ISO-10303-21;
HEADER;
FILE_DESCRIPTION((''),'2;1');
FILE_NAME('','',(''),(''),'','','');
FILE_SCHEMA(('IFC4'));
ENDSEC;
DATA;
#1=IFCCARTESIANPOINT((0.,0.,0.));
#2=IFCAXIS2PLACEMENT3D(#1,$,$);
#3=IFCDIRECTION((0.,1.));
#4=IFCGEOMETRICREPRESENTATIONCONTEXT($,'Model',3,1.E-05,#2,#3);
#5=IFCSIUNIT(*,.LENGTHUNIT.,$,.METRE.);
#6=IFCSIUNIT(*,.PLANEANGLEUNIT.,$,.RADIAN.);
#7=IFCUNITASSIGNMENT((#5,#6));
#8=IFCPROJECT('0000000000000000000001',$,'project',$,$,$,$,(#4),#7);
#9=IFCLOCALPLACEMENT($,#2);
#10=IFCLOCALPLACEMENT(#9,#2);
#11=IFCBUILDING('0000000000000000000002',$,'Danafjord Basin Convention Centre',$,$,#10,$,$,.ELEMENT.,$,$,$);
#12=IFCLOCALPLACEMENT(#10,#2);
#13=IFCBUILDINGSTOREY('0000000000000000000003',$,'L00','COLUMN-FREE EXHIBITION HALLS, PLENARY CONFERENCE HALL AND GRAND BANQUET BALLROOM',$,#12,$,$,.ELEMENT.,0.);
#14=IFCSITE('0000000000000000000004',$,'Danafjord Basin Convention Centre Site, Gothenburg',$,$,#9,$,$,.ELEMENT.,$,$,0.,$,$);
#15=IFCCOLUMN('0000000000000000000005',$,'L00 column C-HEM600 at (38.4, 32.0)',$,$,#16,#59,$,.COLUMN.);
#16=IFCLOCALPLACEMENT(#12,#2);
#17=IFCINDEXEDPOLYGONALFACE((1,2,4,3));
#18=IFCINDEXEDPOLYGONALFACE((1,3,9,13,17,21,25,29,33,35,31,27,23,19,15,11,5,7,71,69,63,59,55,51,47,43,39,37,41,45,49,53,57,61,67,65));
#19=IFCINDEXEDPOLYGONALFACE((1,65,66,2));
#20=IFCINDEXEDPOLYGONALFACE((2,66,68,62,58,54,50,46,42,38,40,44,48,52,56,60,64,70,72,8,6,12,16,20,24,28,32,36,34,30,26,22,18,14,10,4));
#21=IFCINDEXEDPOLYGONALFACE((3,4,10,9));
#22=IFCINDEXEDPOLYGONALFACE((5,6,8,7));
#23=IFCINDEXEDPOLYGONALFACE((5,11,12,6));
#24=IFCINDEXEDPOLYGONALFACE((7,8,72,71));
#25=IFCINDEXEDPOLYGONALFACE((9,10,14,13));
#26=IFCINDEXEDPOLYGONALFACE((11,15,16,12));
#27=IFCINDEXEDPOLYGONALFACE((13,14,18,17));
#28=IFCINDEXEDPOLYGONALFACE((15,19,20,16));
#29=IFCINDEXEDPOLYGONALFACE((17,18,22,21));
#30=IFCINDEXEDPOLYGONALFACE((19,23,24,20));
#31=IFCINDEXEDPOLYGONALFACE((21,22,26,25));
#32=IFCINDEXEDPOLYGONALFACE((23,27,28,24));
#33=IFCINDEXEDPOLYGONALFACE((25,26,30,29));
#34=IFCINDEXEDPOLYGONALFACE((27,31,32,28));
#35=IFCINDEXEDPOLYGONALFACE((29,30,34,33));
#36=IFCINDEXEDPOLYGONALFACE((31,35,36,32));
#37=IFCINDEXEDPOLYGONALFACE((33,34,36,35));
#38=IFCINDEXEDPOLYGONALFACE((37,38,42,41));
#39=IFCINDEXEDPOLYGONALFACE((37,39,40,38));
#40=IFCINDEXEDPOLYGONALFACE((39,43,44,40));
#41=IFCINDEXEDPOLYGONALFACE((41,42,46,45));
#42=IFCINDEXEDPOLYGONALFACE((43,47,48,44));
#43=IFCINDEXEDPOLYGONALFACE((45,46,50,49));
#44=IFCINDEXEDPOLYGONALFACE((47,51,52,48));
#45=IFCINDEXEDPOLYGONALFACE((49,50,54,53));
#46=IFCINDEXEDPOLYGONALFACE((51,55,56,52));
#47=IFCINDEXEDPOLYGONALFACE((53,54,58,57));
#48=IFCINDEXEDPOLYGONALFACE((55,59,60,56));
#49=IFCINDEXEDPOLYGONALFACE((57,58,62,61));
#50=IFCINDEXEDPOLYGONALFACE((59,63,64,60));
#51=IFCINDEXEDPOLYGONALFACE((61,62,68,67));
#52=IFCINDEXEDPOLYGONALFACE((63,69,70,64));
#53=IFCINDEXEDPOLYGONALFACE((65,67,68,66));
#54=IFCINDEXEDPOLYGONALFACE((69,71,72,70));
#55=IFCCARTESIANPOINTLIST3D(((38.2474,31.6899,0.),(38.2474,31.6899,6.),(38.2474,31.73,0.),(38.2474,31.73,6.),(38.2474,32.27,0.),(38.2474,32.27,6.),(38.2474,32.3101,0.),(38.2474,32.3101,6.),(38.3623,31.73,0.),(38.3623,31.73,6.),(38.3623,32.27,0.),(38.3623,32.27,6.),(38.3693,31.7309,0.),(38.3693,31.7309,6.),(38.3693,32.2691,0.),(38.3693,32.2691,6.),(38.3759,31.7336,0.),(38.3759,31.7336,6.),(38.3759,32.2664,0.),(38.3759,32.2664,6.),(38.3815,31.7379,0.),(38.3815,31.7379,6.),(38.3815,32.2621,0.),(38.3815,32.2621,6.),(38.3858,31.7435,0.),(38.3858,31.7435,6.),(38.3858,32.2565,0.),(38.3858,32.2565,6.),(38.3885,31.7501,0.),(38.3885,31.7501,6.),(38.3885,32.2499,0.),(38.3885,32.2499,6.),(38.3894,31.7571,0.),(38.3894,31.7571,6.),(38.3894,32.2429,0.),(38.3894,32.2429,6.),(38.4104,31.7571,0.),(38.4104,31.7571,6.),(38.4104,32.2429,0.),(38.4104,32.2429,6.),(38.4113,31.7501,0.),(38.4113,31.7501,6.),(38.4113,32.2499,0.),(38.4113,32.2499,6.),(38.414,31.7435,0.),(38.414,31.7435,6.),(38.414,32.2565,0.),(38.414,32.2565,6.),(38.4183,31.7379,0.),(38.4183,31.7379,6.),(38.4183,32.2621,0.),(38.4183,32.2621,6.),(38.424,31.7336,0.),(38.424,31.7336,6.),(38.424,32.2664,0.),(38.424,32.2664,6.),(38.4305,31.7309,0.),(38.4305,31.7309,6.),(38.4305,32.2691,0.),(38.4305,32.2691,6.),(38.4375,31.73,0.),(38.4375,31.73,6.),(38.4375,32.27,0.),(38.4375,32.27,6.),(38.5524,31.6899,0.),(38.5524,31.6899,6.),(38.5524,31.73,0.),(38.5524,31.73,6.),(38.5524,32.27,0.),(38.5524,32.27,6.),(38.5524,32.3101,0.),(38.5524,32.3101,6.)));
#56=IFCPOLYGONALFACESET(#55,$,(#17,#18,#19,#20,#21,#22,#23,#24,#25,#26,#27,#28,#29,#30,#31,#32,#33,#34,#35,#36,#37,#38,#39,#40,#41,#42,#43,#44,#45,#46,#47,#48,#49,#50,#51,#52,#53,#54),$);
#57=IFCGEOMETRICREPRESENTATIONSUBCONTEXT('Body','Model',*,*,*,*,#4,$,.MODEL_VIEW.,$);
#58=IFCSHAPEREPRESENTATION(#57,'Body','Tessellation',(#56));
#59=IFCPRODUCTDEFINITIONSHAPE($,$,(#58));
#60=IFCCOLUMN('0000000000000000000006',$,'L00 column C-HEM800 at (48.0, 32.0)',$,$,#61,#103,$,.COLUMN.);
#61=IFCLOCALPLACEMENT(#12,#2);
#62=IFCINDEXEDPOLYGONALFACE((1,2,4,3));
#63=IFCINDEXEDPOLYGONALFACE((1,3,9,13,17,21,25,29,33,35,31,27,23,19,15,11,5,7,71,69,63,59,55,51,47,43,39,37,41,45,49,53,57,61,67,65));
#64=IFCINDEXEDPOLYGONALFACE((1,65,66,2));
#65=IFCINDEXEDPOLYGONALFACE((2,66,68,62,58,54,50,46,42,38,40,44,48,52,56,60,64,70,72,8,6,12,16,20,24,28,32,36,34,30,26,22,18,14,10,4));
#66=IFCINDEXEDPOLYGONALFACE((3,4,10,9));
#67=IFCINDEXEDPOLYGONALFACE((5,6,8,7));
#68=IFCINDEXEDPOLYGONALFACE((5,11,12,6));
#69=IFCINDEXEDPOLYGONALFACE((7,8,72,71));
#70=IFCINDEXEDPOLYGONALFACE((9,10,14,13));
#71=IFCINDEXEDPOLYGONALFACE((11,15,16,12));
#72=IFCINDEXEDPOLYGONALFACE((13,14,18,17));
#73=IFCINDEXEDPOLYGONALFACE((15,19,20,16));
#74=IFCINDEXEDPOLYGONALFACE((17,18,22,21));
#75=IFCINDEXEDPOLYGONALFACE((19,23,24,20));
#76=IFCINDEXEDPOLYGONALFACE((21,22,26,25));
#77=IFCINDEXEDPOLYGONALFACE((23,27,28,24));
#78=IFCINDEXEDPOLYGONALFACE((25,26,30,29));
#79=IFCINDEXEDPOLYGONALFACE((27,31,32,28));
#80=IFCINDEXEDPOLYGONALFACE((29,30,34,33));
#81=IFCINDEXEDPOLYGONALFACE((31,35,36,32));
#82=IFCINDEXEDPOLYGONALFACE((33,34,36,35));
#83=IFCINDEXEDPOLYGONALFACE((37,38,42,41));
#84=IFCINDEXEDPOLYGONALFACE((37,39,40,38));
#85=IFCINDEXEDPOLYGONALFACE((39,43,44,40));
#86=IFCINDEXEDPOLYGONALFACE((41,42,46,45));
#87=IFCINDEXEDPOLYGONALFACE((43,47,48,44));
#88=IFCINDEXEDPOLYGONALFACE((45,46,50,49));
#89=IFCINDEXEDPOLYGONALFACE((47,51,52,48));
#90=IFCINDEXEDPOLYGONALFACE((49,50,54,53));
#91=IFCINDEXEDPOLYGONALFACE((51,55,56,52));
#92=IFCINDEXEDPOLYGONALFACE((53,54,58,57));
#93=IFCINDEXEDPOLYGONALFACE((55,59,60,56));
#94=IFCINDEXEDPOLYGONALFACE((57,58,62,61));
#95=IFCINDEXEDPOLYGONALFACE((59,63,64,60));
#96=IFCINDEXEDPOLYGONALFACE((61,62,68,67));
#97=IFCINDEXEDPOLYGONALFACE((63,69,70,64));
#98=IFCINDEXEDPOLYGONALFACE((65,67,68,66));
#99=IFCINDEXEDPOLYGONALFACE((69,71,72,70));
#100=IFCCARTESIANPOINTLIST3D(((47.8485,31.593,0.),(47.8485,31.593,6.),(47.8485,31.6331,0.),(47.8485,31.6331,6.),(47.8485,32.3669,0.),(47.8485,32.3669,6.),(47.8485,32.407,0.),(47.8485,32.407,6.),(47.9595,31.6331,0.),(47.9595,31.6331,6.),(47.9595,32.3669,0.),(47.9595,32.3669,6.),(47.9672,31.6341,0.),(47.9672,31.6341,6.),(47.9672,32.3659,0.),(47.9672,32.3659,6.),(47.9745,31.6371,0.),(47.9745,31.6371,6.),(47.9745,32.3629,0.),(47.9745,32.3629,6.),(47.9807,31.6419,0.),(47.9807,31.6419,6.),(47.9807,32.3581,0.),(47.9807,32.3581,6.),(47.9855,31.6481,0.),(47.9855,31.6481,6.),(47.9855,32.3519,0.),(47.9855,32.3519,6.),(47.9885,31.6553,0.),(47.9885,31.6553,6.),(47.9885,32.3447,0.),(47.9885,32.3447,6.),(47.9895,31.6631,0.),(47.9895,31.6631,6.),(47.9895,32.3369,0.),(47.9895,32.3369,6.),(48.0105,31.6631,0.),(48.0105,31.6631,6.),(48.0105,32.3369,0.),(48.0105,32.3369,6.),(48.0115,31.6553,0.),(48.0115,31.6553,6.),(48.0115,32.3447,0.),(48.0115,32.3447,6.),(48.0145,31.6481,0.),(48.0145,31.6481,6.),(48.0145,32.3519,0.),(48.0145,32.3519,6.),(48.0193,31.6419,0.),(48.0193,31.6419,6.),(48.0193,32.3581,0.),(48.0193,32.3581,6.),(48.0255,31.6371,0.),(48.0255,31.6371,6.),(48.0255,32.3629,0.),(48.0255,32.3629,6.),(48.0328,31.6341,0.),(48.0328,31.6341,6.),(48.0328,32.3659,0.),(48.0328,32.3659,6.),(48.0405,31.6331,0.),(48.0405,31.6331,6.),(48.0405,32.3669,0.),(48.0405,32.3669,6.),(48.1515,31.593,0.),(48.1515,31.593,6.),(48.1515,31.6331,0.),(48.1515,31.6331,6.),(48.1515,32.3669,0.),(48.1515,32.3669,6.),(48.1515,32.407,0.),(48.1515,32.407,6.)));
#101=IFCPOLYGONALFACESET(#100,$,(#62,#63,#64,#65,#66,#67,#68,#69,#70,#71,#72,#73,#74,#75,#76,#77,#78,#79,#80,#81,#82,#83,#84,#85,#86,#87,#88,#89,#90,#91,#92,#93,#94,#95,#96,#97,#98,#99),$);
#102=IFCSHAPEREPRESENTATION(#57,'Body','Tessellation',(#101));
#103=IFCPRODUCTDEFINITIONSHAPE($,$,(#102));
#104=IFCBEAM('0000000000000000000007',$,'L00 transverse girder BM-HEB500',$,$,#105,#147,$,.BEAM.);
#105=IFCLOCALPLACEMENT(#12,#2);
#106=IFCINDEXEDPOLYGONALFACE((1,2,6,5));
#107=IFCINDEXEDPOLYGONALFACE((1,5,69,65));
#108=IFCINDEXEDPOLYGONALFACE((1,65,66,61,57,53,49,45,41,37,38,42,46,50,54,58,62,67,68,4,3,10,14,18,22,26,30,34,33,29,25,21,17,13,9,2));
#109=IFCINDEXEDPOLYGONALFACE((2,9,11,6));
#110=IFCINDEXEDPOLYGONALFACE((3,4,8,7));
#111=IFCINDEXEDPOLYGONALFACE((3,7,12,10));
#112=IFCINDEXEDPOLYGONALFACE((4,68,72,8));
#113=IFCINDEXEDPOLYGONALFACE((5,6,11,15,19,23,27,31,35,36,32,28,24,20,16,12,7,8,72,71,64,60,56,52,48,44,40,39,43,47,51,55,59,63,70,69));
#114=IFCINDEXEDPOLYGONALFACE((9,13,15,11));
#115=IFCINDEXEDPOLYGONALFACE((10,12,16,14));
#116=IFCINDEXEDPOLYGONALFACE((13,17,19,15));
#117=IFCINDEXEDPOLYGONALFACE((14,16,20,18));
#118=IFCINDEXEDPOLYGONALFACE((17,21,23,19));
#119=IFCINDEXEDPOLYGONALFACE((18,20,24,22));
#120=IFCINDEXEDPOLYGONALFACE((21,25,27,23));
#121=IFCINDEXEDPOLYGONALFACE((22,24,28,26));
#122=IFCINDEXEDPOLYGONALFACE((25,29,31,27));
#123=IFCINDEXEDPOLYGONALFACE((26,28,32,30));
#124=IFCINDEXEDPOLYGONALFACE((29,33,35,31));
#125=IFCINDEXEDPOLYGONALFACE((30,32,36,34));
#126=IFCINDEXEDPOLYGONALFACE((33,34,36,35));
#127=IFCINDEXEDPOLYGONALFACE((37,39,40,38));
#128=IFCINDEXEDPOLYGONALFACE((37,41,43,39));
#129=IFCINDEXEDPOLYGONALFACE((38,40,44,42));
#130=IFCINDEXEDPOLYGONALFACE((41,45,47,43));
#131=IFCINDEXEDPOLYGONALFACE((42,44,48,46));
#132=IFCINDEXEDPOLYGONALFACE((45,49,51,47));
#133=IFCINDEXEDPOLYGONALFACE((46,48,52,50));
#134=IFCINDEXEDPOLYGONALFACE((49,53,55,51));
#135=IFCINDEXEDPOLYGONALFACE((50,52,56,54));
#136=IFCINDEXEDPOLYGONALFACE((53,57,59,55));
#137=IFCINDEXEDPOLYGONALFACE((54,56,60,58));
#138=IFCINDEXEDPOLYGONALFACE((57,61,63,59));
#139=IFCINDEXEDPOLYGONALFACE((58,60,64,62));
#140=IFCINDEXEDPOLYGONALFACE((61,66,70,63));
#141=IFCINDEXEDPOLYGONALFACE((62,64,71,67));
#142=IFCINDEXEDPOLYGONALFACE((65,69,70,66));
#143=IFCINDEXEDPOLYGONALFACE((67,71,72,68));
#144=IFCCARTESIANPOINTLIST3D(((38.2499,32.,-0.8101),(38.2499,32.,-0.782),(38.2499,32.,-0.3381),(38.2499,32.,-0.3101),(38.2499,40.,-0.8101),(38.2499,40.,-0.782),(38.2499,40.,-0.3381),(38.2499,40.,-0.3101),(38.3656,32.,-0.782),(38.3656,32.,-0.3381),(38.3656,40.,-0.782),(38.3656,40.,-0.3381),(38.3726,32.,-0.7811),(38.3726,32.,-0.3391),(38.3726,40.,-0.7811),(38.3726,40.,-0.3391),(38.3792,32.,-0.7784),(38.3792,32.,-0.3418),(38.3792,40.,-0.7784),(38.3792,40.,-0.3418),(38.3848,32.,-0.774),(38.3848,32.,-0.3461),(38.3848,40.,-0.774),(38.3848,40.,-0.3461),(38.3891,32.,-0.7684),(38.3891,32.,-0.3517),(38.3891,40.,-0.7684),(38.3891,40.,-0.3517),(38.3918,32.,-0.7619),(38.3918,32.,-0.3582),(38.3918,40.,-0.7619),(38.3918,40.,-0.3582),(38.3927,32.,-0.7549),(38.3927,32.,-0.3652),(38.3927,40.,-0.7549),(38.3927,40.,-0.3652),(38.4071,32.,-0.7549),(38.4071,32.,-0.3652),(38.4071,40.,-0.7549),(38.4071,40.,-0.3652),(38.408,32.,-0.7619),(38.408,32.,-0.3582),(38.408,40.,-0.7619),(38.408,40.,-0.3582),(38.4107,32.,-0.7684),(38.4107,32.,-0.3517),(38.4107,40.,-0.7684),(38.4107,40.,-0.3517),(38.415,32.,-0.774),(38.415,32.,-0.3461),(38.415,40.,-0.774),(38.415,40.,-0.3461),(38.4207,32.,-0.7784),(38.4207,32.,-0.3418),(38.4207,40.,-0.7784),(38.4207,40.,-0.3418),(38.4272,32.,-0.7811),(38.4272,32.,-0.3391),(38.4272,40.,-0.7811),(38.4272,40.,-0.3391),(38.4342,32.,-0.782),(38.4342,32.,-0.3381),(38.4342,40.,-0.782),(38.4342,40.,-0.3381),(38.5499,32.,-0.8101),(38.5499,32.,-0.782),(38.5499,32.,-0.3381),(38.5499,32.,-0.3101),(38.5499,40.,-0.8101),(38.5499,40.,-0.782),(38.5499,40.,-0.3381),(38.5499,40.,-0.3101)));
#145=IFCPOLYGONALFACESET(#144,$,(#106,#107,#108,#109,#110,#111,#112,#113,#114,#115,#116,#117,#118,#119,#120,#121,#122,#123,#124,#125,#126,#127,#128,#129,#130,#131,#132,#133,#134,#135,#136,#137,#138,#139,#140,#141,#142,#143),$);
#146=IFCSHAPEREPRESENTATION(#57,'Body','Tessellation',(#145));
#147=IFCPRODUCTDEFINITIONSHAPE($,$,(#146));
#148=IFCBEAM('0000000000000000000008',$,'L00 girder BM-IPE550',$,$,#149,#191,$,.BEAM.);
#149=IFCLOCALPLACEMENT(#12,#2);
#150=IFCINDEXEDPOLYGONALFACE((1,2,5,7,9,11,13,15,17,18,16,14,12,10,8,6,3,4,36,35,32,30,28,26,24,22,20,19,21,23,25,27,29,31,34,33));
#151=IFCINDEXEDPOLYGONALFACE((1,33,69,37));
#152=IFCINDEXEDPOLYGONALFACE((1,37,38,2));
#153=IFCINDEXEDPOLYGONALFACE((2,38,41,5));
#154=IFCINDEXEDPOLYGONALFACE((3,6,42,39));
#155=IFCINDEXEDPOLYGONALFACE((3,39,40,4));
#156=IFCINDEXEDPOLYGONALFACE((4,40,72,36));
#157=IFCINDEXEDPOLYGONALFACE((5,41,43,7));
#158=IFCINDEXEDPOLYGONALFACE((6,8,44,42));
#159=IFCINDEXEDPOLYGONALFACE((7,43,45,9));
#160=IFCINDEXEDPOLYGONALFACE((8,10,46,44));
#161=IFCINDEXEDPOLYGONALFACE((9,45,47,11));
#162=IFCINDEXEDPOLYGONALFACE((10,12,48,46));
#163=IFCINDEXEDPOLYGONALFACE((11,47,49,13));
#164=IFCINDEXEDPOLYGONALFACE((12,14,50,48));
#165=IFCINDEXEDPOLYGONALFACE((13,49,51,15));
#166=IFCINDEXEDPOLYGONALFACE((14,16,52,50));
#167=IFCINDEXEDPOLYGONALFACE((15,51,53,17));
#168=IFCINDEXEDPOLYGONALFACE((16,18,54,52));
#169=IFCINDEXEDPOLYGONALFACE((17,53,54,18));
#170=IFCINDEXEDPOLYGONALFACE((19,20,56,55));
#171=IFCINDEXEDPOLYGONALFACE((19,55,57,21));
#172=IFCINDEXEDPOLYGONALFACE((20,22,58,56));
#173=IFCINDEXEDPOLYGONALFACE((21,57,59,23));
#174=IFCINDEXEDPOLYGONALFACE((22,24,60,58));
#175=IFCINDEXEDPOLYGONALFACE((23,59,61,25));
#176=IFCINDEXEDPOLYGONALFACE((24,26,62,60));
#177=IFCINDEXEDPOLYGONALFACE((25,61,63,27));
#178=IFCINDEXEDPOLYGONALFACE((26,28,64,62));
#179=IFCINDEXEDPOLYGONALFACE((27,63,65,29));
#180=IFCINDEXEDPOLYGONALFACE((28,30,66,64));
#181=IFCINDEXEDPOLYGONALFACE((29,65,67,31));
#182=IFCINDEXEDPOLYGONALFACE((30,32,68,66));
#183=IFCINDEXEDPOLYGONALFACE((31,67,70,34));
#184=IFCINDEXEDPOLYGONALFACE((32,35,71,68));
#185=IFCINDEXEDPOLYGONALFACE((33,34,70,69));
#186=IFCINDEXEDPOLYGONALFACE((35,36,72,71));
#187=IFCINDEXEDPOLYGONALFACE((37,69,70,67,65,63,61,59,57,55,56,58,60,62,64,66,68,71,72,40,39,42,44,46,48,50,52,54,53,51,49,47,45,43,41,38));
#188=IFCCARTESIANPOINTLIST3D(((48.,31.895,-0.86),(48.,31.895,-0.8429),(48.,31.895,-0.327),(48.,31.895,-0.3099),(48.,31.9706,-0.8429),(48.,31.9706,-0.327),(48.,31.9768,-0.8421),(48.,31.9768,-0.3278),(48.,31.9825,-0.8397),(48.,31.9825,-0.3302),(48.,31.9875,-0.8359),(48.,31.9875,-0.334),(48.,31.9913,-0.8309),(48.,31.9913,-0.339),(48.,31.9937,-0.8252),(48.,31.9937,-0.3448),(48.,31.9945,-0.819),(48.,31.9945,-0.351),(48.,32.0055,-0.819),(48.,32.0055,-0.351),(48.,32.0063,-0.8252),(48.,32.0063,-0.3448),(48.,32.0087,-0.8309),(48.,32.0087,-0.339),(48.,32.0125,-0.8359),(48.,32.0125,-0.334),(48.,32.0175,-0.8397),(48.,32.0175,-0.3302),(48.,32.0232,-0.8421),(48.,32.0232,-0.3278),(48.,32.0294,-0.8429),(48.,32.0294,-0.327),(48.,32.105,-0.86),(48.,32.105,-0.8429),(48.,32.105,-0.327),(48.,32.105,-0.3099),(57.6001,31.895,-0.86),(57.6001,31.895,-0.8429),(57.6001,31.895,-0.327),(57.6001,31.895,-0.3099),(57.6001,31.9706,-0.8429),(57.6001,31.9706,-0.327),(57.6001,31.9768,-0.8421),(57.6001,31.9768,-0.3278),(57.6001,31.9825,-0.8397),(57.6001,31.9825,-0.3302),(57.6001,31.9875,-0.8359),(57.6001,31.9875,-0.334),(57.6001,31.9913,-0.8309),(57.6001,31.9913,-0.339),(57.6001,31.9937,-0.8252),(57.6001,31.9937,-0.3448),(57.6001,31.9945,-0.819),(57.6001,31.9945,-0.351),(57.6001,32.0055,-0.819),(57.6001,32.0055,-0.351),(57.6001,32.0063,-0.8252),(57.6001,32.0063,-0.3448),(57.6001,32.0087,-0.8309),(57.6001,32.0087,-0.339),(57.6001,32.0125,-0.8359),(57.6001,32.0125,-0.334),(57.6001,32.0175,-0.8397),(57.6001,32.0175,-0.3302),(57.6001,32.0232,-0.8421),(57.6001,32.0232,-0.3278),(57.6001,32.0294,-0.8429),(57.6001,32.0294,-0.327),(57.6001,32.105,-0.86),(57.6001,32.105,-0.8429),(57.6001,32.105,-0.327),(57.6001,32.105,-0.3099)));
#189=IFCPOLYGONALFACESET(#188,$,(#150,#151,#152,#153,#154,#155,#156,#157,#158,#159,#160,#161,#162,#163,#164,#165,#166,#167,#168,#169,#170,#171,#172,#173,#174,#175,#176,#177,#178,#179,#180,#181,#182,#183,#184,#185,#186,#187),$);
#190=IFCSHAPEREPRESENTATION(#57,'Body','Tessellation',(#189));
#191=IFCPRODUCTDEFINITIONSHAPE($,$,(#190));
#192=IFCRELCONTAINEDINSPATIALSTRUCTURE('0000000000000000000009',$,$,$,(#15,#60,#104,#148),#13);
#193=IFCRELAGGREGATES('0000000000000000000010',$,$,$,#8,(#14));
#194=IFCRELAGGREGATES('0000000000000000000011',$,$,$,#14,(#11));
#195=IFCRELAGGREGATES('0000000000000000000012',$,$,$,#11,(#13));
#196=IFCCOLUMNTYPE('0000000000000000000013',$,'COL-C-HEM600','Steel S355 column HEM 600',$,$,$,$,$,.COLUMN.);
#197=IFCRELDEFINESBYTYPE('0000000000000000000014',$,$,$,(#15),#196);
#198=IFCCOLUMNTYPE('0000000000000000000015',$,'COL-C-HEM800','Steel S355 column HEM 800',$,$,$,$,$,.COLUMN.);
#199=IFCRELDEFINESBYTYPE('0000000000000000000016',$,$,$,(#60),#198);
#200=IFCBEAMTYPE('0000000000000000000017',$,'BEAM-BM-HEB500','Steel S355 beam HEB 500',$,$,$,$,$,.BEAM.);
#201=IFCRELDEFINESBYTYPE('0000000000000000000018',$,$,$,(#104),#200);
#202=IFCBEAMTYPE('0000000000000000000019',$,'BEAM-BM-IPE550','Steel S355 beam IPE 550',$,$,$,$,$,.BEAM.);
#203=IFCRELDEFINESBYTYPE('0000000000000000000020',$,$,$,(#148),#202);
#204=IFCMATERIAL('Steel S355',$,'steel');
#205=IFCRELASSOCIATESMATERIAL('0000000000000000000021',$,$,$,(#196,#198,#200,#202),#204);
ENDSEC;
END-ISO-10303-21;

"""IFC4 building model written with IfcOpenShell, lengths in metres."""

from ifc_helpers import new_model, si_unit, direction, frame, origin, origin_2d, place, context, subcontext, project, spatial, i_section, extrude, material, material_profile, profile_set, type_object, element, save


model = new_model("IFC4")

# Units and contexts
model_context = context("Model", 3, precision=1e-05, world=origin(), true_north=direction((0.0, 1.0)))
body_context = subcontext(model_context, "Body", "Model", "MODEL_VIEW")
ifc_project = project(units=[si_unit("LENGTHUNIT", "METRE"), si_unit("PLANEANGLEUNIT", "RADIAN")], contexts=[model_context])

# Site, building, storey
site_placement = place(None, origin())
site = spatial("IfcSite", under=ifc_project, at=site_placement, Name="Danafjord Basin Convention Centre Site, Gothenburg", CompositionType="ELEMENT", RefElevation=0.0)
building_placement = place(site_placement, origin())
building = spatial("IfcBuilding", under=site, at=building_placement, Name="Danafjord Basin Convention Centre", CompositionType="ELEMENT")
storey_placement = place(building_placement, origin())
storey = spatial("IfcBuildingStorey", under=building, at=storey_placement, Name="L00", Description="COLUMN-FREE EXHIBITION HALLS, PLENARY CONFERENCE HALL AND GRAND BANQUET BALLROOM", CompositionType="ELEMENT", Elevation=0.0)

# Columns
ifc_material_1 = material(Name="Steel S355", Category="steel")
ifc_material_profile_1 = material_profile(ifc_material_1, i_section(OverallWidth=0.3049, OverallDepth=0.6201, WebThickness=0.021, FlangeThickness=0.04, FilletRadius=0.0271, at=origin_2d()), Name="HEM 600")
ifc_profile_set_1 = profile_set([ifc_material_profile_1], Name="Steel S355")
column_type_1 = type_object("IfcColumnType", Name="COL-C-HEM600", Description="Steel S355 column HEM 600", PredefinedType="COLUMN", material=ifc_profile_set_1)
column_1_placement = place(storey_placement, frame((38.3999, 32.0, 0.0), z_axis=(0.0, 0.0, 1.0), x_axis=(1.0, 0.0, 0.0)))
element("IfcColumn", 1, at=column_1_placement, inside=storey, type_object=column_type_1, Name="L00 column C-HEM600 at (38.4, 32.0)", PredefinedType="COLUMN", context=body_context, shape_type="SweptSolid", body=[
    extrude(i_section(OverallWidth=0.3049, OverallDepth=0.6201, WebThickness=0.021, FlangeThickness=0.04, FilletRadius=0.0271, at=origin_2d()), origin(), (0.0, 0.0, 1.0), 6.0),
])
ifc_material_profile_2 = material_profile(ifc_material_1, i_section(OverallWidth=0.303, OverallDepth=0.814, WebThickness=0.021, FlangeThickness=0.04, FilletRadius=0.03, at=origin_2d()), Name="HEM 800")
ifc_profile_set_2 = profile_set([ifc_material_profile_2], Name="Steel S355")
column_type_2 = type_object("IfcColumnType", Name="COL-C-HEM800", Description="Steel S355 column HEM 800", PredefinedType="COLUMN", material=ifc_profile_set_2)
column_2_placement = place(storey_placement, frame((48.0, 32.0, 0.0), z_axis=(0.0, 0.0, 1.0), x_axis=(1.0, 0.0, 0.0)))
element("IfcColumn", 2, at=column_2_placement, inside=storey, type_object=column_type_2, Name="L00 column C-HEM800 at (48.0, 32.0)", PredefinedType="COLUMN", context=body_context, shape_type="SweptSolid", body=[
    extrude(i_section(OverallWidth=0.303, OverallDepth=0.814, WebThickness=0.021, FlangeThickness=0.04, FilletRadius=0.03, at=origin_2d()), origin(), (0.0, 0.0, 1.0), 6.0),
])

# Beams
ifc_material_profile_3 = material_profile(ifc_material_1, i_section(OverallWidth=0.3, OverallDepth=0.5, WebThickness=0.0144, FlangeThickness=0.0281, FilletRadius=0.0271, at=origin_2d()), Name="HEB 500")
ifc_profile_set_3 = profile_set([ifc_material_profile_3], Name="Steel S355")
beam_type_1 = type_object("IfcBeamType", Name="BEAM-BM-HEB500", Description="Steel S355 beam HEB 500", PredefinedType="BEAM", material=ifc_profile_set_3)
beam_1_placement = place(storey_placement, frame((38.3999, 32.0, -0.5601), z_axis=(0.0, 1.0, 0.0), x_axis=(-1.0, 0.0, 0.0)))
element("IfcBeam", 3, at=beam_1_placement, inside=storey, type_object=beam_type_1, Name="L00 transverse girder BM-HEB500", PredefinedType="BEAM", context=body_context, shape_type="SweptSolid", body=[
    extrude(i_section(OverallWidth=0.3, OverallDepth=0.5, WebThickness=0.0144, FlangeThickness=0.0281, FilletRadius=0.0271, at=origin_2d()), origin(), (0.0, 0.0, 1.0), 8.0),
])
ifc_material_profile_4 = material_profile(ifc_material_1, i_section(OverallWidth=0.21, OverallDepth=0.55, WebThickness=0.011, FlangeThickness=0.0171, FilletRadius=0.0239, at=origin_2d()), Name="IPE 550")
ifc_profile_set_4 = profile_set([ifc_material_profile_4], Name="Steel S355")
beam_type_2 = type_object("IfcBeamType", Name="BEAM-BM-IPE550", Description="Steel S355 beam IPE 550", PredefinedType="BEAM", material=ifc_profile_set_4)
beam_2_placement = place(storey_placement, frame((48.0, 32.0, -0.585), z_axis=(1.0, 0.0, 0.0), x_axis=(0.0, 1.0, 0.0)))
element("IfcBeam", 4, at=beam_2_placement, inside=storey, type_object=beam_type_2, Name="L00 girder BM-IPE550", PredefinedType="BEAM", context=body_context, shape_type="SweptSolid", body=[
    extrude(i_section(OverallWidth=0.21, OverallDepth=0.55, WebThickness=0.011, FlangeThickness=0.0171, FilletRadius=0.0239, at=origin_2d()), origin(), (0.0, 0.0, 1.0), 9.6001),
])

save(model, "model.ifc")
